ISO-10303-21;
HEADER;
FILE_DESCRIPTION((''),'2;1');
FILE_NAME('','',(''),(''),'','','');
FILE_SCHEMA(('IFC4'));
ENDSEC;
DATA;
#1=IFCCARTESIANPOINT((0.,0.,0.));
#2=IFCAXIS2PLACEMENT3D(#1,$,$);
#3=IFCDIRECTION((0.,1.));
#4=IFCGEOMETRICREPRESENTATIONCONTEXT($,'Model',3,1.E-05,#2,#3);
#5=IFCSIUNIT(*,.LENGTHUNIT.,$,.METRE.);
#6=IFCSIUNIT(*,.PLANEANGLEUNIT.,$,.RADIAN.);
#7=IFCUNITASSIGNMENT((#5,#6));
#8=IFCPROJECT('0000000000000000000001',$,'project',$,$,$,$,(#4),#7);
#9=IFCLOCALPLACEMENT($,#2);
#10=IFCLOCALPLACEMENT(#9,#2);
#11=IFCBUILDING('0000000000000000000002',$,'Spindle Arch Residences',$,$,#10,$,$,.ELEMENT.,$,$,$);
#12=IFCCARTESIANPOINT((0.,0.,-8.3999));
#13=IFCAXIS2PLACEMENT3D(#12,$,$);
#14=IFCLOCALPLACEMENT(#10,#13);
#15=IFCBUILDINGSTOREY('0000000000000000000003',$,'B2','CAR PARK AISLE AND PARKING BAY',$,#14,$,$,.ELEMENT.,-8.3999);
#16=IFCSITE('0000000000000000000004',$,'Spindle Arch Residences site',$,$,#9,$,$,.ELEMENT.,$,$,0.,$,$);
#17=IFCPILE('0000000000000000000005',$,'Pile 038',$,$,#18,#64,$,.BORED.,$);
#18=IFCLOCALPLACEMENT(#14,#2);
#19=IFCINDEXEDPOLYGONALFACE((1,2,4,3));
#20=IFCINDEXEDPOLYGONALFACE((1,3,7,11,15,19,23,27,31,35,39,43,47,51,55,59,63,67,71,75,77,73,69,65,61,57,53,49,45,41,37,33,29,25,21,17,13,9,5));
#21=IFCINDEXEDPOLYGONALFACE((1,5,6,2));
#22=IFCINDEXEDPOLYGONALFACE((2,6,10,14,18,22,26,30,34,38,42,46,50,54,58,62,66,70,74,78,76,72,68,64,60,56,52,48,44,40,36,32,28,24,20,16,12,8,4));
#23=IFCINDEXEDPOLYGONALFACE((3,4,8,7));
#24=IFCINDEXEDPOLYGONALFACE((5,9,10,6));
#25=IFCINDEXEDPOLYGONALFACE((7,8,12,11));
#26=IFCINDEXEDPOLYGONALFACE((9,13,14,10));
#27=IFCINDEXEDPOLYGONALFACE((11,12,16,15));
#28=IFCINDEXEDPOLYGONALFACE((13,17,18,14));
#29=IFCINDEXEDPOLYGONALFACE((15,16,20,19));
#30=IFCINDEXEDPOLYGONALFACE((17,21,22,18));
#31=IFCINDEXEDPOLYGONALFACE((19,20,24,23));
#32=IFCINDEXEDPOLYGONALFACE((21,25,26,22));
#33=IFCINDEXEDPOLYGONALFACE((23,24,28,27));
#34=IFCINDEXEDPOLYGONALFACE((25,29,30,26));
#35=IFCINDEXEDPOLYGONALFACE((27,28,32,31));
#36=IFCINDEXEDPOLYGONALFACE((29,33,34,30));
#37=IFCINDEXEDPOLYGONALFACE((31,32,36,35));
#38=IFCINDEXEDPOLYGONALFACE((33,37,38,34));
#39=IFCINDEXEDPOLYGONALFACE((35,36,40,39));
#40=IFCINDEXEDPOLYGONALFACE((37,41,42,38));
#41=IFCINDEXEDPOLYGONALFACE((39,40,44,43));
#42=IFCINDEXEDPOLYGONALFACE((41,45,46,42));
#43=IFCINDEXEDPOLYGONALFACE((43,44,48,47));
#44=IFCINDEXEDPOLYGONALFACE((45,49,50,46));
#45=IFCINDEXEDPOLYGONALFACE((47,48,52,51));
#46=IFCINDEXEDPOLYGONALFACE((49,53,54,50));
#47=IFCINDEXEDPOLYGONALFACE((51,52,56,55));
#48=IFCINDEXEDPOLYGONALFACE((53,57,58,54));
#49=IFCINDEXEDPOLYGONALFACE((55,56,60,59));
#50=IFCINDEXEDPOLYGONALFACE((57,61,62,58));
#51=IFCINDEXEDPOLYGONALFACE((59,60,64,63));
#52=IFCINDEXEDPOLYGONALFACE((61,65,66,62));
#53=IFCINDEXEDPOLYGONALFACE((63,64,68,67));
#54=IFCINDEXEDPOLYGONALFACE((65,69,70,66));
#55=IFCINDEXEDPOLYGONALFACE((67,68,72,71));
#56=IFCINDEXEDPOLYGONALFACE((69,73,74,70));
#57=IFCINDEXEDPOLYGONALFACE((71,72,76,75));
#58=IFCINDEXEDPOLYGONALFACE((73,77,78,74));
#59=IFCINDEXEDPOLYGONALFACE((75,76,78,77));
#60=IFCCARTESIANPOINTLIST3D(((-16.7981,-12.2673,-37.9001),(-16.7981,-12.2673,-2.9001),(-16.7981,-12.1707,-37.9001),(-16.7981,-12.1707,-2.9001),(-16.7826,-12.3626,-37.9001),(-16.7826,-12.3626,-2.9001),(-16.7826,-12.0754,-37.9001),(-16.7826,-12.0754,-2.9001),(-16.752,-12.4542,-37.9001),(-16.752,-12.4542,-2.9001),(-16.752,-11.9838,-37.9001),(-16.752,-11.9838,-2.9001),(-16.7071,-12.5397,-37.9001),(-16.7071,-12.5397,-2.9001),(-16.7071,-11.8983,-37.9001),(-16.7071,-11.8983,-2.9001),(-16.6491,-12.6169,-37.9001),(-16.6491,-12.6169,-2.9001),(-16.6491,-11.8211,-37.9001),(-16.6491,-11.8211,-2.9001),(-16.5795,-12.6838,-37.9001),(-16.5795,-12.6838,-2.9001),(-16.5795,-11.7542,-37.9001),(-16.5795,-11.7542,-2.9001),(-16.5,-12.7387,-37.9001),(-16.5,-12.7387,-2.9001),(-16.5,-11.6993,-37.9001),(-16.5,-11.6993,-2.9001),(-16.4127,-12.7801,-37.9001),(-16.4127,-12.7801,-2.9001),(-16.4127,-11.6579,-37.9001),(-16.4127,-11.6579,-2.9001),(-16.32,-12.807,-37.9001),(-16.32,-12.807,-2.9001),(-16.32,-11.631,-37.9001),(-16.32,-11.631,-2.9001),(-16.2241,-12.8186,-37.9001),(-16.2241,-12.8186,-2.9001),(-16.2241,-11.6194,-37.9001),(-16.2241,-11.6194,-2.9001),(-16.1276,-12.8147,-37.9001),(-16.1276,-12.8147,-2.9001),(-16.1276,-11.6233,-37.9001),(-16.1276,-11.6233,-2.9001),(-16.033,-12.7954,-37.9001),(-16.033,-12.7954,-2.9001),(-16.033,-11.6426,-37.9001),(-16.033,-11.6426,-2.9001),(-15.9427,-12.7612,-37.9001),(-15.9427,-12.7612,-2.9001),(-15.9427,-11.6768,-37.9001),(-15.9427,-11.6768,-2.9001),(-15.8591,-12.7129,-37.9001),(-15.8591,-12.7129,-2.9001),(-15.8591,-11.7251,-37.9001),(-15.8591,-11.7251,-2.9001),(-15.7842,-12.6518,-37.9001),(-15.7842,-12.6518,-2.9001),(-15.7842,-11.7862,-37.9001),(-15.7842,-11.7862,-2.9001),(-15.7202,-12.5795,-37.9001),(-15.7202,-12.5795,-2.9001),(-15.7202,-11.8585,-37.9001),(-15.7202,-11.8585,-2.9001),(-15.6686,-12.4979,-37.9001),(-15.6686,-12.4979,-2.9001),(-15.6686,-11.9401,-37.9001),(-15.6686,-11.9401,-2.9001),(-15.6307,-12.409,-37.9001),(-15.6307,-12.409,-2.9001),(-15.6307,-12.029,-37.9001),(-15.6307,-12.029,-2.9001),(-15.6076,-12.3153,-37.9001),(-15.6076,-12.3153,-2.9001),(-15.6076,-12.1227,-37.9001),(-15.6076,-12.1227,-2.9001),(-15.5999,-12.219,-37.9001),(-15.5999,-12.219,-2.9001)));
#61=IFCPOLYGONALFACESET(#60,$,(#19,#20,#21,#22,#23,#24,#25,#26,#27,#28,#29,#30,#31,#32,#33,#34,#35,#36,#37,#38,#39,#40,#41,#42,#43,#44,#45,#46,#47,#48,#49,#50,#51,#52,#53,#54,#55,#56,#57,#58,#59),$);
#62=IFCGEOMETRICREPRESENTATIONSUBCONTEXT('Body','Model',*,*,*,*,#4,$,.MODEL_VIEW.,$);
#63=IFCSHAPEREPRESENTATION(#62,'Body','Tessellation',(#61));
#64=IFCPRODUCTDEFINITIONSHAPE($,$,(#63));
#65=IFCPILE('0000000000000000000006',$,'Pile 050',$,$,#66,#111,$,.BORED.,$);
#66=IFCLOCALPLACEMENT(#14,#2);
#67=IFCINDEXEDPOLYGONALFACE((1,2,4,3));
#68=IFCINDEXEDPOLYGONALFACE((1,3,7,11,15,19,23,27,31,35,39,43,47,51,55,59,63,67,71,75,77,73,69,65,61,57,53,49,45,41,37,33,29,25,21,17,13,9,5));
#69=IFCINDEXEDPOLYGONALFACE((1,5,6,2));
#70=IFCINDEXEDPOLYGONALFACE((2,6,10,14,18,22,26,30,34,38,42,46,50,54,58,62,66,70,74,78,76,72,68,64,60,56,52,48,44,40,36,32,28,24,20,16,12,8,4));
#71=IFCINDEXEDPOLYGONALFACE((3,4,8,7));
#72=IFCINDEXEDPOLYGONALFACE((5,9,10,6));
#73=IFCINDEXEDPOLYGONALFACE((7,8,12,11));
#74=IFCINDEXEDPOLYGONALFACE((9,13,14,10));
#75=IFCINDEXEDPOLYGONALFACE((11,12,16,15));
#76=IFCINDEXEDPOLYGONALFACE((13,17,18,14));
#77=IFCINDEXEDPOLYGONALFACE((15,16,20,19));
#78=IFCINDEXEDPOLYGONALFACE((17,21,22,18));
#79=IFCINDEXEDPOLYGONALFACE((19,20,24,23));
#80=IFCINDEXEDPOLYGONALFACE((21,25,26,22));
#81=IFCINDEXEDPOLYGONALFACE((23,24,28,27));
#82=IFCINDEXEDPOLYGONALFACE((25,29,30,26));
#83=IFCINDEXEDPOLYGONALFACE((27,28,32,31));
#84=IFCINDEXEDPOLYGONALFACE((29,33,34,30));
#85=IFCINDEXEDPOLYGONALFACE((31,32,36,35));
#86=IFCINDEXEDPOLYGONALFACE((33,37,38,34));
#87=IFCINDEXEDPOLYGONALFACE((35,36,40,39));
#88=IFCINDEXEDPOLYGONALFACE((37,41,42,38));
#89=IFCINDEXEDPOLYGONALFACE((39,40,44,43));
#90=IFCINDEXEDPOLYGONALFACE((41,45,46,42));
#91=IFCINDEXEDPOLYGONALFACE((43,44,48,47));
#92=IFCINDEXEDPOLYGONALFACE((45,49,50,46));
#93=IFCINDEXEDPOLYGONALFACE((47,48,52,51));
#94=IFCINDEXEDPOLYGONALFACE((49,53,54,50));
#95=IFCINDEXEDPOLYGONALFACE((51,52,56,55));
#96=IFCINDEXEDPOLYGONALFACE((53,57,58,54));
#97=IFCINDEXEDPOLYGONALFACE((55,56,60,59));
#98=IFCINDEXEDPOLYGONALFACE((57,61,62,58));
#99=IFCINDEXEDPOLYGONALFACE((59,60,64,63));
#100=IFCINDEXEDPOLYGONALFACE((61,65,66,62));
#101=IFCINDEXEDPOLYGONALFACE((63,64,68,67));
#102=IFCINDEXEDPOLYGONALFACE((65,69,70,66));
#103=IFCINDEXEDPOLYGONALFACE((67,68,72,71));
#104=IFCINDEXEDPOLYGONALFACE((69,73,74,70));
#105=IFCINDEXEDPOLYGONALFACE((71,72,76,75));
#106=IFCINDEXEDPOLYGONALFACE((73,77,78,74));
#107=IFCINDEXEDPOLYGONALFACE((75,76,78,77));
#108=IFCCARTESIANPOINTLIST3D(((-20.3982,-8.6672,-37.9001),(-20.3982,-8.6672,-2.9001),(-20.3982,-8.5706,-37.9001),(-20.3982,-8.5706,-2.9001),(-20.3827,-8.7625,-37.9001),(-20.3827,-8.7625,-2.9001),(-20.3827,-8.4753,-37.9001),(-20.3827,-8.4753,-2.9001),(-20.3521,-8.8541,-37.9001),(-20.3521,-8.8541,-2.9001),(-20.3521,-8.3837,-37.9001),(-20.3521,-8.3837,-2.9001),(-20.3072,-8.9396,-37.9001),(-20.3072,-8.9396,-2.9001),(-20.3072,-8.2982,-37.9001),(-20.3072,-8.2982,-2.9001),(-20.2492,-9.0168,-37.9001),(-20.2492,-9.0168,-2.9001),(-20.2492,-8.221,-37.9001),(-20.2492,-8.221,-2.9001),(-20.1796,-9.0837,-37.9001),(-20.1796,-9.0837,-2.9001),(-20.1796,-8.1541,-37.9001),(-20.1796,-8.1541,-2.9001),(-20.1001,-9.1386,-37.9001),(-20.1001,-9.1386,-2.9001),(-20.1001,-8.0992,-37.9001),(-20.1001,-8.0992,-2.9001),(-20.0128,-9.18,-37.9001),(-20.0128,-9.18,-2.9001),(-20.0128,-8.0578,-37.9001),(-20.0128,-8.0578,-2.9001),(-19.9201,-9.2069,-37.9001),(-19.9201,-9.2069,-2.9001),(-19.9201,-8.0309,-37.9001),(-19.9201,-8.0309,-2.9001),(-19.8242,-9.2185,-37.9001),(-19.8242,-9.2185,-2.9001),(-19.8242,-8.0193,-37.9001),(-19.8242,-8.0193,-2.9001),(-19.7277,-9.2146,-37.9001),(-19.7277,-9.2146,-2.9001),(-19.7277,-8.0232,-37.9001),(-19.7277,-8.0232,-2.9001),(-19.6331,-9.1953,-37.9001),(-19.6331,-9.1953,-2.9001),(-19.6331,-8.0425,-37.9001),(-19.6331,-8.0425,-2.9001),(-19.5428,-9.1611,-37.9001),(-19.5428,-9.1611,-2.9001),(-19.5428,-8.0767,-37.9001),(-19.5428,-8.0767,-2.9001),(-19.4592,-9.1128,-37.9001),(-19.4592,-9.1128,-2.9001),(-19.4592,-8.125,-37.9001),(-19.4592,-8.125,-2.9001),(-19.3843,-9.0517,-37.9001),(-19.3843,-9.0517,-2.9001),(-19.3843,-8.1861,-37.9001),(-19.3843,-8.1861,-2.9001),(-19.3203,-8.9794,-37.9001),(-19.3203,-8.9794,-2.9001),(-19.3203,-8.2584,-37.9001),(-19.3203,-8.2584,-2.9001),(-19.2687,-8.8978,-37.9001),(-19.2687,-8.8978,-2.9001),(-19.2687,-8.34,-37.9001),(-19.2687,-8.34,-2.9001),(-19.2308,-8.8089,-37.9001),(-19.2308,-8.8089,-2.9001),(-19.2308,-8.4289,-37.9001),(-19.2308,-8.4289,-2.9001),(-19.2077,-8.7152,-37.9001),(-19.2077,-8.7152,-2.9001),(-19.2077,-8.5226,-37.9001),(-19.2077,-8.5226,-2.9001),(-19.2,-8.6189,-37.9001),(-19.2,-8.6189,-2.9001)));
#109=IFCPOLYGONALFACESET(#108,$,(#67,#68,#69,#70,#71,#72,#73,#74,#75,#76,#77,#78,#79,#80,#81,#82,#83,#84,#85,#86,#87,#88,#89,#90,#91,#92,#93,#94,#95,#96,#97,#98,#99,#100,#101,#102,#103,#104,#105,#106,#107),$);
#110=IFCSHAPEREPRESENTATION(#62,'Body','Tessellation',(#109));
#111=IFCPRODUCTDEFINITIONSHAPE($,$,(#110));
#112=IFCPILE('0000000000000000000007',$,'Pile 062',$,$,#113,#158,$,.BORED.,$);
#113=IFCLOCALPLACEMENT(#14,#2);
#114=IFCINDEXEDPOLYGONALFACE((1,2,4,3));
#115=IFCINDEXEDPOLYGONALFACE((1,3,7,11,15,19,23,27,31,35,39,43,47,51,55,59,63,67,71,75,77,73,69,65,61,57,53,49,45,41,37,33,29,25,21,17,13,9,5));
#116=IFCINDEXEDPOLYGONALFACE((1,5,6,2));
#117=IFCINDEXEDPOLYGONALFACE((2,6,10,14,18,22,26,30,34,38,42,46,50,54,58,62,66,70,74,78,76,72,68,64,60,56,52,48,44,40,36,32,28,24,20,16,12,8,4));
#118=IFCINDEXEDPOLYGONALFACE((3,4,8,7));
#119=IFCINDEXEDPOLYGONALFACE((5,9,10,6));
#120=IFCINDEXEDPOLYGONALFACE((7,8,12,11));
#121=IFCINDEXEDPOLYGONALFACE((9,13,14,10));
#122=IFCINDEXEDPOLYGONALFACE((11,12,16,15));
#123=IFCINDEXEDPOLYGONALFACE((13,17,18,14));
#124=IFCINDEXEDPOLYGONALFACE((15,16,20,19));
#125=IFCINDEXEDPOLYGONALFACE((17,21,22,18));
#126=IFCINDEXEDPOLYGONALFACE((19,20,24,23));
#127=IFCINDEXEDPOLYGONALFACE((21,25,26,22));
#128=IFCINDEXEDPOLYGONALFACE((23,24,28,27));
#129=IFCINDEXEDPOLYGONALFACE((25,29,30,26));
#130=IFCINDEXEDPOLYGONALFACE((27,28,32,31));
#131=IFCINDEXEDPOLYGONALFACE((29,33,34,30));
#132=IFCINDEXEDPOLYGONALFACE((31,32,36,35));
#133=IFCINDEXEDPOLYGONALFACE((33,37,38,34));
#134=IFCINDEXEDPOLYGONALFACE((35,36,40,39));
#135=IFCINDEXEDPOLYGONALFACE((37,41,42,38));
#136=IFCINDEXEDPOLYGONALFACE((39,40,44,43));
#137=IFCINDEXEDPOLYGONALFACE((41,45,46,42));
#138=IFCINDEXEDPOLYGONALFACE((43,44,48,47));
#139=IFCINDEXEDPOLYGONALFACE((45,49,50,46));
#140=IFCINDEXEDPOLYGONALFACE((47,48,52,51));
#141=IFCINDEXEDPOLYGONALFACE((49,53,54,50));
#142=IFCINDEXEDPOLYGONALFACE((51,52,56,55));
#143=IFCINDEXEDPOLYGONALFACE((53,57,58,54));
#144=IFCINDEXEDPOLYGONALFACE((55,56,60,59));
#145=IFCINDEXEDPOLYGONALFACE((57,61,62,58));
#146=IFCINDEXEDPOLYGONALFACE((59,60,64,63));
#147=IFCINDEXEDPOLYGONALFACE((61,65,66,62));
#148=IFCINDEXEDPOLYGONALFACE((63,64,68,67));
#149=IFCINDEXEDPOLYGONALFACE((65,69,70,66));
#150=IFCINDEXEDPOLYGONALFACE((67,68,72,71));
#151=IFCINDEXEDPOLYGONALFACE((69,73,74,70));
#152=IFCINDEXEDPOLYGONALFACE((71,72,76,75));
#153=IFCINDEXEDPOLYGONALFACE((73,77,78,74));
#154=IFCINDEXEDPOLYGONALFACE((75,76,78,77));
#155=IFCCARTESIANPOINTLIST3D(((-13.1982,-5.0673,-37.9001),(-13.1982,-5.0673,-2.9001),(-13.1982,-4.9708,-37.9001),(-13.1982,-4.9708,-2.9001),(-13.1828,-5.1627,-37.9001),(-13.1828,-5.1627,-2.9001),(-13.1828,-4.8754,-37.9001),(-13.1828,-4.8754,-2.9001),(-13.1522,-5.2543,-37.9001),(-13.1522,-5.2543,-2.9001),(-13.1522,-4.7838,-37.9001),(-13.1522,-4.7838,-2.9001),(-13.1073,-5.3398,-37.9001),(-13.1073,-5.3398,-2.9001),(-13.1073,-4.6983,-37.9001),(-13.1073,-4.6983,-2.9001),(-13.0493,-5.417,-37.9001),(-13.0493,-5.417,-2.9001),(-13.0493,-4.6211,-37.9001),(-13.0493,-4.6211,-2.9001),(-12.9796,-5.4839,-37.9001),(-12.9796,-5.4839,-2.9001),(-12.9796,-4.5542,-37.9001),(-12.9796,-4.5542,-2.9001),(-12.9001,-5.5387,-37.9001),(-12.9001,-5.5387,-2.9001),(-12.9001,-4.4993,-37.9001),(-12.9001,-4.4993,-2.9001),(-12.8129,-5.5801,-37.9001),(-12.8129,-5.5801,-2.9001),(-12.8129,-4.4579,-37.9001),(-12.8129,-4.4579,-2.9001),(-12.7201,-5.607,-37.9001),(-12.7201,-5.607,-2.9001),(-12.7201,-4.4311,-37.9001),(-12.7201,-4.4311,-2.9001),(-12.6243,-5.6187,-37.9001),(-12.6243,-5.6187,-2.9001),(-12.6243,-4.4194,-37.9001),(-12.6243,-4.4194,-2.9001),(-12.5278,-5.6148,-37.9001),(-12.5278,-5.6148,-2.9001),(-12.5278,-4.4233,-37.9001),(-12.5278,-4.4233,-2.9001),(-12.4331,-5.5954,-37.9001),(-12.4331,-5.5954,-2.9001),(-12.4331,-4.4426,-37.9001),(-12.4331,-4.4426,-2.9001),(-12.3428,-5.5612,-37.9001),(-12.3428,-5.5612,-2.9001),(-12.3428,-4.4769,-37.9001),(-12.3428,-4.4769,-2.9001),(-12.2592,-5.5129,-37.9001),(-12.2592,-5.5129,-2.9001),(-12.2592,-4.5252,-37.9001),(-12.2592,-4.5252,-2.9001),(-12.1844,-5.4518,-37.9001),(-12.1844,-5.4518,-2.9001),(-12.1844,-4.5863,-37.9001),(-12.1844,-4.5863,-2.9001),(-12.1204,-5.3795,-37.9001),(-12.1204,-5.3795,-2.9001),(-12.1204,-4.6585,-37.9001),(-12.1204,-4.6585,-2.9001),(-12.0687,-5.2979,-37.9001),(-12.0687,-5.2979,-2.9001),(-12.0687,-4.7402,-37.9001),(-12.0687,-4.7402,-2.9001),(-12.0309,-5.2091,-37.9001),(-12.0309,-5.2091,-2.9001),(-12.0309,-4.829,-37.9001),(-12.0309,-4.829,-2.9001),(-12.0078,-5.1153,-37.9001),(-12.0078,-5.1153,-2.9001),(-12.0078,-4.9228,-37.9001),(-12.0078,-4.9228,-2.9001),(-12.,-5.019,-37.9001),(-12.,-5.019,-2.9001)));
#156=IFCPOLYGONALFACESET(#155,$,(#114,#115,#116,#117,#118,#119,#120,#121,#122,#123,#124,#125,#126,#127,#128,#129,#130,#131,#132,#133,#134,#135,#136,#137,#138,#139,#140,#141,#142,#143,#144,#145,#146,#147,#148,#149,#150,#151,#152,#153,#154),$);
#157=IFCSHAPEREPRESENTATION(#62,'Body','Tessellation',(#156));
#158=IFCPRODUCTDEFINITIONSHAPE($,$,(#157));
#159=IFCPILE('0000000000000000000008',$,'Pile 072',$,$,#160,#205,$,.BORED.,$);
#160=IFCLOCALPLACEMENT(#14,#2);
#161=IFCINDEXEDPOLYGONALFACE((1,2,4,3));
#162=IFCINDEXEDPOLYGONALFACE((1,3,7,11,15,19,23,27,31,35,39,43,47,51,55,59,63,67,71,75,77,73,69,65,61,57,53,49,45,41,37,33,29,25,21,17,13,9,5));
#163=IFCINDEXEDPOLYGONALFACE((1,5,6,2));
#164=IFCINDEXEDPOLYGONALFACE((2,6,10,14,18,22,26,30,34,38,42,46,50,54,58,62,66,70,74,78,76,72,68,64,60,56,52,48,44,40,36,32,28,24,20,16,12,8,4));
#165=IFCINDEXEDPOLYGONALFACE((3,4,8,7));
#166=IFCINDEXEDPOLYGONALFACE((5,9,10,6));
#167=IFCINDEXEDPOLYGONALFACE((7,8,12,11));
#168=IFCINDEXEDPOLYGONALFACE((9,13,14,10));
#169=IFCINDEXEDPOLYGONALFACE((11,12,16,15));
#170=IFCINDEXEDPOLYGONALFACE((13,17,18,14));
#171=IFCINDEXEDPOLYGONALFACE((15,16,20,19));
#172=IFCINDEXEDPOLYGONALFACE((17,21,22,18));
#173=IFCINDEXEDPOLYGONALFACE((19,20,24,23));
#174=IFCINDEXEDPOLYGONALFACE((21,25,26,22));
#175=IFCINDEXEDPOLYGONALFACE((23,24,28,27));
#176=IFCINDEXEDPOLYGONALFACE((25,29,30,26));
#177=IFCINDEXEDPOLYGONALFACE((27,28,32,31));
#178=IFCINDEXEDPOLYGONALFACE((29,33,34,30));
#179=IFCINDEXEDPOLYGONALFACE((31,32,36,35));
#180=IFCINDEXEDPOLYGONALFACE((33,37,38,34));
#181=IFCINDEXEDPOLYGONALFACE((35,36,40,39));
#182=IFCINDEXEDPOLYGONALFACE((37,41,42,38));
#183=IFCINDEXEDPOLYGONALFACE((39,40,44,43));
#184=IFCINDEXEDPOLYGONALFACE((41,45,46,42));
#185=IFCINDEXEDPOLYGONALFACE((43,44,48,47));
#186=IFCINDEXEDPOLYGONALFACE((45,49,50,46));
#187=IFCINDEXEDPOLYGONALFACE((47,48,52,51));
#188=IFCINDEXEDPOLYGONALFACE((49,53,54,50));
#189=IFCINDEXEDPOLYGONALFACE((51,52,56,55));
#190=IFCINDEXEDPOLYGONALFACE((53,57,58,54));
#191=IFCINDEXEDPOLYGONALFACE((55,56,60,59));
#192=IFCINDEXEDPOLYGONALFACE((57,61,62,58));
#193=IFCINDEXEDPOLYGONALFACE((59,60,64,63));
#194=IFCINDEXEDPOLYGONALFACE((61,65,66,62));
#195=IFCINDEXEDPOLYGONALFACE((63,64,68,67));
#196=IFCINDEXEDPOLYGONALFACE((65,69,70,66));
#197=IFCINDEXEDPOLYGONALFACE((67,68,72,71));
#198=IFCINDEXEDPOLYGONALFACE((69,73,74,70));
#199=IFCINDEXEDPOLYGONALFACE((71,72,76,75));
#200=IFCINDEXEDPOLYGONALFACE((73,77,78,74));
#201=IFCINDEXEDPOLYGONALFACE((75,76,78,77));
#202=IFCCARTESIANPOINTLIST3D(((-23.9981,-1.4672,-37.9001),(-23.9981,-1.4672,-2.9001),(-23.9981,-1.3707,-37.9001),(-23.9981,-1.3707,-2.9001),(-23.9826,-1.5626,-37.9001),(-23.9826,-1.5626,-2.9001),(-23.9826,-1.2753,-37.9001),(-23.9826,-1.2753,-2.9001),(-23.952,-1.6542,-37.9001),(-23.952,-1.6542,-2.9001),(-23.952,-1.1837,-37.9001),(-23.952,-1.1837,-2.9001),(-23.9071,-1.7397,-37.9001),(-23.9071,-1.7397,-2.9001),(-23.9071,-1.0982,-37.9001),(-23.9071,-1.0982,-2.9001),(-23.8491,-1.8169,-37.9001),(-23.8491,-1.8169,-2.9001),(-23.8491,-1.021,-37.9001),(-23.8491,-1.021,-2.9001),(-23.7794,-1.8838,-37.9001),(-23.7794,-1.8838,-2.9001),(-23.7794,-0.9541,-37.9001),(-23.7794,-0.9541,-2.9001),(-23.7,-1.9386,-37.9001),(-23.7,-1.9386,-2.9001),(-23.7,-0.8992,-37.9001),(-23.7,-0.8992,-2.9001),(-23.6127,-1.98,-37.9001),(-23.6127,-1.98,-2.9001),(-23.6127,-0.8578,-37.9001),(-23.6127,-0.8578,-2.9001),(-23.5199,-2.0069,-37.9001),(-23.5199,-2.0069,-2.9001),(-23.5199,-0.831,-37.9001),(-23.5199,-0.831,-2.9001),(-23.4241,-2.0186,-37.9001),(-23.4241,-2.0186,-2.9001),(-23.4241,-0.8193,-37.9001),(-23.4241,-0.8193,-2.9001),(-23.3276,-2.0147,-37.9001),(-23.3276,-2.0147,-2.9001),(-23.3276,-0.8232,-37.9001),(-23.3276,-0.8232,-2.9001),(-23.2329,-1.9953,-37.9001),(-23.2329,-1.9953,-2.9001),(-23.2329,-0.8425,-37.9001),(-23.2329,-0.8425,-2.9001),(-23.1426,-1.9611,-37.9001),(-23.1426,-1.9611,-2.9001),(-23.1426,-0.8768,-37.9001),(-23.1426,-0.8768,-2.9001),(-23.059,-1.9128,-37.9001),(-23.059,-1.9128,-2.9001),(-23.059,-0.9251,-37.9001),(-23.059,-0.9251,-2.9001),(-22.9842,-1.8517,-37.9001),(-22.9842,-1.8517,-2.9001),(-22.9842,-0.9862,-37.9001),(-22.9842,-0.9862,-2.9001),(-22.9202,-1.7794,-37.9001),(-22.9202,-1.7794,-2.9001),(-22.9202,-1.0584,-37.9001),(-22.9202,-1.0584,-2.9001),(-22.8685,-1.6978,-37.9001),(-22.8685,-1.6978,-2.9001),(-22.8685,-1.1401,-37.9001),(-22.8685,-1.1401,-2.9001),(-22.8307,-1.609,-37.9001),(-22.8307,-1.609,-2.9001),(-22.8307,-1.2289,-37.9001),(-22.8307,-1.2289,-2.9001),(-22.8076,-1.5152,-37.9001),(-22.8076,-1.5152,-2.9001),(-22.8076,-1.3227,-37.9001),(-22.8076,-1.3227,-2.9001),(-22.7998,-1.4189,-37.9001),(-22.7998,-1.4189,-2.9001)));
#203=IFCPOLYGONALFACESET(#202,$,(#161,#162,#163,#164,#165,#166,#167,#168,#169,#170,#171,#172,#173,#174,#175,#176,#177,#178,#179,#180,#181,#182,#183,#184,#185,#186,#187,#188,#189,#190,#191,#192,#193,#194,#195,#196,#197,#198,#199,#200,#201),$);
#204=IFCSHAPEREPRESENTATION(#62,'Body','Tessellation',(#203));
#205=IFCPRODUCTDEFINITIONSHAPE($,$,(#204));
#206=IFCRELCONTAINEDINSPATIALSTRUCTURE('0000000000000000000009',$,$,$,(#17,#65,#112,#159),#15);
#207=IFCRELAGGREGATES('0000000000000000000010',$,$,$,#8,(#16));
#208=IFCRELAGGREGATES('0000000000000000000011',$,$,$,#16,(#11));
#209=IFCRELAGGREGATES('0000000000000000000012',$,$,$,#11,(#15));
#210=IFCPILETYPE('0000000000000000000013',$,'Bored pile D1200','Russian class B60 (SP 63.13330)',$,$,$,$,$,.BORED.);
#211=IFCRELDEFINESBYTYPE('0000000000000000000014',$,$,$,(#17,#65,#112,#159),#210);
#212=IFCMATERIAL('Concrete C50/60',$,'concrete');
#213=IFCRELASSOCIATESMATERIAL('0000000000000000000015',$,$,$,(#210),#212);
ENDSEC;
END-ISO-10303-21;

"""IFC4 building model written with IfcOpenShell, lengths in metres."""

from ifc_helpers import new_model, si_unit, direction, frame, origin, origin_2d, place, context, subcontext, project, spatial, circle, extrude, material, material_profile, profile_set, type_object, element, save


model = new_model("IFC4")

# Units and contexts
model_context = context("Model", 3, precision=1e-05, world=origin(), true_north=direction((0.0, 1.0)))
body_context = subcontext(model_context, "Body", "Model", "MODEL_VIEW")
ifc_project = project(units=[si_unit("LENGTHUNIT", "METRE"), si_unit("PLANEANGLEUNIT", "RADIAN")], contexts=[model_context])

# Site, building, storey
site_placement = place(None, origin())
site = spatial("IfcSite", under=ifc_project, at=site_placement, Name="Spindle Arch Residences site", CompositionType="ELEMENT", RefElevation=0.0)
building_placement = place(site_placement, origin())
building = spatial("IfcBuilding", under=site, at=building_placement, Name="Spindle Arch Residences", CompositionType="ELEMENT")
storey_placement = place(building_placement, frame((0.0, 0.0, -8.3999)))
storey = spatial("IfcBuildingStorey", under=building, at=storey_placement, Name="B2", Description="CAR PARK AISLE AND PARKING BAY", CompositionType="ELEMENT", Elevation=-8.3999)

# Piles
ifc_material_1 = material(Name="Concrete C50/60", Category="concrete")
ifc_material_profile_1 = material_profile(ifc_material_1, circle(Radius=0.6001, at=origin_2d()), Name="BP D1200")
ifc_profile_set_1 = profile_set([ifc_material_profile_1], Name="Concrete C50/60")
pile_type = type_object("IfcPileType", Name="Bored pile D1200", Description="Russian class B60 (SP 63.13330)", PredefinedType="BORED", material=ifc_profile_set_1)
for number, where, z_axis, x_axis, name in (
    (1, (-16.2, -12.219, -2.9001), (0.0, 0.0, -1.0), (1.0, 0.0, 0.0), "Pile 038"),
    (2, (-19.8, -8.6189, -2.9001), (0.0, 0.0, -1.0), (1.0, 0.0, 0.0), "Pile 050"),
    (3, (-12.6001, -5.019, -2.9001), (0.0, 0.0, -1.0), (1.0, 0.0, 0.0), "Pile 062"),
    (4, (-23.3999, -1.4189, -2.9001), (0.0, 0.0, -1.0), (1.0, 0.0, 0.0), "Pile 072"),
):
    element("IfcPile", number, at=place(storey_placement, frame(where, z_axis=z_axis, x_axis=x_axis)), inside=storey, type_object=pile_type, Name=name, PredefinedType="BORED", context=body_context, shape_type="SweptSolid", body=[
        extrude(circle(Radius=0.6001, at=origin_2d()), origin(), (0.0, 0.0, 1.0), 35.0),
    ])

save(model, "model.ifc")
